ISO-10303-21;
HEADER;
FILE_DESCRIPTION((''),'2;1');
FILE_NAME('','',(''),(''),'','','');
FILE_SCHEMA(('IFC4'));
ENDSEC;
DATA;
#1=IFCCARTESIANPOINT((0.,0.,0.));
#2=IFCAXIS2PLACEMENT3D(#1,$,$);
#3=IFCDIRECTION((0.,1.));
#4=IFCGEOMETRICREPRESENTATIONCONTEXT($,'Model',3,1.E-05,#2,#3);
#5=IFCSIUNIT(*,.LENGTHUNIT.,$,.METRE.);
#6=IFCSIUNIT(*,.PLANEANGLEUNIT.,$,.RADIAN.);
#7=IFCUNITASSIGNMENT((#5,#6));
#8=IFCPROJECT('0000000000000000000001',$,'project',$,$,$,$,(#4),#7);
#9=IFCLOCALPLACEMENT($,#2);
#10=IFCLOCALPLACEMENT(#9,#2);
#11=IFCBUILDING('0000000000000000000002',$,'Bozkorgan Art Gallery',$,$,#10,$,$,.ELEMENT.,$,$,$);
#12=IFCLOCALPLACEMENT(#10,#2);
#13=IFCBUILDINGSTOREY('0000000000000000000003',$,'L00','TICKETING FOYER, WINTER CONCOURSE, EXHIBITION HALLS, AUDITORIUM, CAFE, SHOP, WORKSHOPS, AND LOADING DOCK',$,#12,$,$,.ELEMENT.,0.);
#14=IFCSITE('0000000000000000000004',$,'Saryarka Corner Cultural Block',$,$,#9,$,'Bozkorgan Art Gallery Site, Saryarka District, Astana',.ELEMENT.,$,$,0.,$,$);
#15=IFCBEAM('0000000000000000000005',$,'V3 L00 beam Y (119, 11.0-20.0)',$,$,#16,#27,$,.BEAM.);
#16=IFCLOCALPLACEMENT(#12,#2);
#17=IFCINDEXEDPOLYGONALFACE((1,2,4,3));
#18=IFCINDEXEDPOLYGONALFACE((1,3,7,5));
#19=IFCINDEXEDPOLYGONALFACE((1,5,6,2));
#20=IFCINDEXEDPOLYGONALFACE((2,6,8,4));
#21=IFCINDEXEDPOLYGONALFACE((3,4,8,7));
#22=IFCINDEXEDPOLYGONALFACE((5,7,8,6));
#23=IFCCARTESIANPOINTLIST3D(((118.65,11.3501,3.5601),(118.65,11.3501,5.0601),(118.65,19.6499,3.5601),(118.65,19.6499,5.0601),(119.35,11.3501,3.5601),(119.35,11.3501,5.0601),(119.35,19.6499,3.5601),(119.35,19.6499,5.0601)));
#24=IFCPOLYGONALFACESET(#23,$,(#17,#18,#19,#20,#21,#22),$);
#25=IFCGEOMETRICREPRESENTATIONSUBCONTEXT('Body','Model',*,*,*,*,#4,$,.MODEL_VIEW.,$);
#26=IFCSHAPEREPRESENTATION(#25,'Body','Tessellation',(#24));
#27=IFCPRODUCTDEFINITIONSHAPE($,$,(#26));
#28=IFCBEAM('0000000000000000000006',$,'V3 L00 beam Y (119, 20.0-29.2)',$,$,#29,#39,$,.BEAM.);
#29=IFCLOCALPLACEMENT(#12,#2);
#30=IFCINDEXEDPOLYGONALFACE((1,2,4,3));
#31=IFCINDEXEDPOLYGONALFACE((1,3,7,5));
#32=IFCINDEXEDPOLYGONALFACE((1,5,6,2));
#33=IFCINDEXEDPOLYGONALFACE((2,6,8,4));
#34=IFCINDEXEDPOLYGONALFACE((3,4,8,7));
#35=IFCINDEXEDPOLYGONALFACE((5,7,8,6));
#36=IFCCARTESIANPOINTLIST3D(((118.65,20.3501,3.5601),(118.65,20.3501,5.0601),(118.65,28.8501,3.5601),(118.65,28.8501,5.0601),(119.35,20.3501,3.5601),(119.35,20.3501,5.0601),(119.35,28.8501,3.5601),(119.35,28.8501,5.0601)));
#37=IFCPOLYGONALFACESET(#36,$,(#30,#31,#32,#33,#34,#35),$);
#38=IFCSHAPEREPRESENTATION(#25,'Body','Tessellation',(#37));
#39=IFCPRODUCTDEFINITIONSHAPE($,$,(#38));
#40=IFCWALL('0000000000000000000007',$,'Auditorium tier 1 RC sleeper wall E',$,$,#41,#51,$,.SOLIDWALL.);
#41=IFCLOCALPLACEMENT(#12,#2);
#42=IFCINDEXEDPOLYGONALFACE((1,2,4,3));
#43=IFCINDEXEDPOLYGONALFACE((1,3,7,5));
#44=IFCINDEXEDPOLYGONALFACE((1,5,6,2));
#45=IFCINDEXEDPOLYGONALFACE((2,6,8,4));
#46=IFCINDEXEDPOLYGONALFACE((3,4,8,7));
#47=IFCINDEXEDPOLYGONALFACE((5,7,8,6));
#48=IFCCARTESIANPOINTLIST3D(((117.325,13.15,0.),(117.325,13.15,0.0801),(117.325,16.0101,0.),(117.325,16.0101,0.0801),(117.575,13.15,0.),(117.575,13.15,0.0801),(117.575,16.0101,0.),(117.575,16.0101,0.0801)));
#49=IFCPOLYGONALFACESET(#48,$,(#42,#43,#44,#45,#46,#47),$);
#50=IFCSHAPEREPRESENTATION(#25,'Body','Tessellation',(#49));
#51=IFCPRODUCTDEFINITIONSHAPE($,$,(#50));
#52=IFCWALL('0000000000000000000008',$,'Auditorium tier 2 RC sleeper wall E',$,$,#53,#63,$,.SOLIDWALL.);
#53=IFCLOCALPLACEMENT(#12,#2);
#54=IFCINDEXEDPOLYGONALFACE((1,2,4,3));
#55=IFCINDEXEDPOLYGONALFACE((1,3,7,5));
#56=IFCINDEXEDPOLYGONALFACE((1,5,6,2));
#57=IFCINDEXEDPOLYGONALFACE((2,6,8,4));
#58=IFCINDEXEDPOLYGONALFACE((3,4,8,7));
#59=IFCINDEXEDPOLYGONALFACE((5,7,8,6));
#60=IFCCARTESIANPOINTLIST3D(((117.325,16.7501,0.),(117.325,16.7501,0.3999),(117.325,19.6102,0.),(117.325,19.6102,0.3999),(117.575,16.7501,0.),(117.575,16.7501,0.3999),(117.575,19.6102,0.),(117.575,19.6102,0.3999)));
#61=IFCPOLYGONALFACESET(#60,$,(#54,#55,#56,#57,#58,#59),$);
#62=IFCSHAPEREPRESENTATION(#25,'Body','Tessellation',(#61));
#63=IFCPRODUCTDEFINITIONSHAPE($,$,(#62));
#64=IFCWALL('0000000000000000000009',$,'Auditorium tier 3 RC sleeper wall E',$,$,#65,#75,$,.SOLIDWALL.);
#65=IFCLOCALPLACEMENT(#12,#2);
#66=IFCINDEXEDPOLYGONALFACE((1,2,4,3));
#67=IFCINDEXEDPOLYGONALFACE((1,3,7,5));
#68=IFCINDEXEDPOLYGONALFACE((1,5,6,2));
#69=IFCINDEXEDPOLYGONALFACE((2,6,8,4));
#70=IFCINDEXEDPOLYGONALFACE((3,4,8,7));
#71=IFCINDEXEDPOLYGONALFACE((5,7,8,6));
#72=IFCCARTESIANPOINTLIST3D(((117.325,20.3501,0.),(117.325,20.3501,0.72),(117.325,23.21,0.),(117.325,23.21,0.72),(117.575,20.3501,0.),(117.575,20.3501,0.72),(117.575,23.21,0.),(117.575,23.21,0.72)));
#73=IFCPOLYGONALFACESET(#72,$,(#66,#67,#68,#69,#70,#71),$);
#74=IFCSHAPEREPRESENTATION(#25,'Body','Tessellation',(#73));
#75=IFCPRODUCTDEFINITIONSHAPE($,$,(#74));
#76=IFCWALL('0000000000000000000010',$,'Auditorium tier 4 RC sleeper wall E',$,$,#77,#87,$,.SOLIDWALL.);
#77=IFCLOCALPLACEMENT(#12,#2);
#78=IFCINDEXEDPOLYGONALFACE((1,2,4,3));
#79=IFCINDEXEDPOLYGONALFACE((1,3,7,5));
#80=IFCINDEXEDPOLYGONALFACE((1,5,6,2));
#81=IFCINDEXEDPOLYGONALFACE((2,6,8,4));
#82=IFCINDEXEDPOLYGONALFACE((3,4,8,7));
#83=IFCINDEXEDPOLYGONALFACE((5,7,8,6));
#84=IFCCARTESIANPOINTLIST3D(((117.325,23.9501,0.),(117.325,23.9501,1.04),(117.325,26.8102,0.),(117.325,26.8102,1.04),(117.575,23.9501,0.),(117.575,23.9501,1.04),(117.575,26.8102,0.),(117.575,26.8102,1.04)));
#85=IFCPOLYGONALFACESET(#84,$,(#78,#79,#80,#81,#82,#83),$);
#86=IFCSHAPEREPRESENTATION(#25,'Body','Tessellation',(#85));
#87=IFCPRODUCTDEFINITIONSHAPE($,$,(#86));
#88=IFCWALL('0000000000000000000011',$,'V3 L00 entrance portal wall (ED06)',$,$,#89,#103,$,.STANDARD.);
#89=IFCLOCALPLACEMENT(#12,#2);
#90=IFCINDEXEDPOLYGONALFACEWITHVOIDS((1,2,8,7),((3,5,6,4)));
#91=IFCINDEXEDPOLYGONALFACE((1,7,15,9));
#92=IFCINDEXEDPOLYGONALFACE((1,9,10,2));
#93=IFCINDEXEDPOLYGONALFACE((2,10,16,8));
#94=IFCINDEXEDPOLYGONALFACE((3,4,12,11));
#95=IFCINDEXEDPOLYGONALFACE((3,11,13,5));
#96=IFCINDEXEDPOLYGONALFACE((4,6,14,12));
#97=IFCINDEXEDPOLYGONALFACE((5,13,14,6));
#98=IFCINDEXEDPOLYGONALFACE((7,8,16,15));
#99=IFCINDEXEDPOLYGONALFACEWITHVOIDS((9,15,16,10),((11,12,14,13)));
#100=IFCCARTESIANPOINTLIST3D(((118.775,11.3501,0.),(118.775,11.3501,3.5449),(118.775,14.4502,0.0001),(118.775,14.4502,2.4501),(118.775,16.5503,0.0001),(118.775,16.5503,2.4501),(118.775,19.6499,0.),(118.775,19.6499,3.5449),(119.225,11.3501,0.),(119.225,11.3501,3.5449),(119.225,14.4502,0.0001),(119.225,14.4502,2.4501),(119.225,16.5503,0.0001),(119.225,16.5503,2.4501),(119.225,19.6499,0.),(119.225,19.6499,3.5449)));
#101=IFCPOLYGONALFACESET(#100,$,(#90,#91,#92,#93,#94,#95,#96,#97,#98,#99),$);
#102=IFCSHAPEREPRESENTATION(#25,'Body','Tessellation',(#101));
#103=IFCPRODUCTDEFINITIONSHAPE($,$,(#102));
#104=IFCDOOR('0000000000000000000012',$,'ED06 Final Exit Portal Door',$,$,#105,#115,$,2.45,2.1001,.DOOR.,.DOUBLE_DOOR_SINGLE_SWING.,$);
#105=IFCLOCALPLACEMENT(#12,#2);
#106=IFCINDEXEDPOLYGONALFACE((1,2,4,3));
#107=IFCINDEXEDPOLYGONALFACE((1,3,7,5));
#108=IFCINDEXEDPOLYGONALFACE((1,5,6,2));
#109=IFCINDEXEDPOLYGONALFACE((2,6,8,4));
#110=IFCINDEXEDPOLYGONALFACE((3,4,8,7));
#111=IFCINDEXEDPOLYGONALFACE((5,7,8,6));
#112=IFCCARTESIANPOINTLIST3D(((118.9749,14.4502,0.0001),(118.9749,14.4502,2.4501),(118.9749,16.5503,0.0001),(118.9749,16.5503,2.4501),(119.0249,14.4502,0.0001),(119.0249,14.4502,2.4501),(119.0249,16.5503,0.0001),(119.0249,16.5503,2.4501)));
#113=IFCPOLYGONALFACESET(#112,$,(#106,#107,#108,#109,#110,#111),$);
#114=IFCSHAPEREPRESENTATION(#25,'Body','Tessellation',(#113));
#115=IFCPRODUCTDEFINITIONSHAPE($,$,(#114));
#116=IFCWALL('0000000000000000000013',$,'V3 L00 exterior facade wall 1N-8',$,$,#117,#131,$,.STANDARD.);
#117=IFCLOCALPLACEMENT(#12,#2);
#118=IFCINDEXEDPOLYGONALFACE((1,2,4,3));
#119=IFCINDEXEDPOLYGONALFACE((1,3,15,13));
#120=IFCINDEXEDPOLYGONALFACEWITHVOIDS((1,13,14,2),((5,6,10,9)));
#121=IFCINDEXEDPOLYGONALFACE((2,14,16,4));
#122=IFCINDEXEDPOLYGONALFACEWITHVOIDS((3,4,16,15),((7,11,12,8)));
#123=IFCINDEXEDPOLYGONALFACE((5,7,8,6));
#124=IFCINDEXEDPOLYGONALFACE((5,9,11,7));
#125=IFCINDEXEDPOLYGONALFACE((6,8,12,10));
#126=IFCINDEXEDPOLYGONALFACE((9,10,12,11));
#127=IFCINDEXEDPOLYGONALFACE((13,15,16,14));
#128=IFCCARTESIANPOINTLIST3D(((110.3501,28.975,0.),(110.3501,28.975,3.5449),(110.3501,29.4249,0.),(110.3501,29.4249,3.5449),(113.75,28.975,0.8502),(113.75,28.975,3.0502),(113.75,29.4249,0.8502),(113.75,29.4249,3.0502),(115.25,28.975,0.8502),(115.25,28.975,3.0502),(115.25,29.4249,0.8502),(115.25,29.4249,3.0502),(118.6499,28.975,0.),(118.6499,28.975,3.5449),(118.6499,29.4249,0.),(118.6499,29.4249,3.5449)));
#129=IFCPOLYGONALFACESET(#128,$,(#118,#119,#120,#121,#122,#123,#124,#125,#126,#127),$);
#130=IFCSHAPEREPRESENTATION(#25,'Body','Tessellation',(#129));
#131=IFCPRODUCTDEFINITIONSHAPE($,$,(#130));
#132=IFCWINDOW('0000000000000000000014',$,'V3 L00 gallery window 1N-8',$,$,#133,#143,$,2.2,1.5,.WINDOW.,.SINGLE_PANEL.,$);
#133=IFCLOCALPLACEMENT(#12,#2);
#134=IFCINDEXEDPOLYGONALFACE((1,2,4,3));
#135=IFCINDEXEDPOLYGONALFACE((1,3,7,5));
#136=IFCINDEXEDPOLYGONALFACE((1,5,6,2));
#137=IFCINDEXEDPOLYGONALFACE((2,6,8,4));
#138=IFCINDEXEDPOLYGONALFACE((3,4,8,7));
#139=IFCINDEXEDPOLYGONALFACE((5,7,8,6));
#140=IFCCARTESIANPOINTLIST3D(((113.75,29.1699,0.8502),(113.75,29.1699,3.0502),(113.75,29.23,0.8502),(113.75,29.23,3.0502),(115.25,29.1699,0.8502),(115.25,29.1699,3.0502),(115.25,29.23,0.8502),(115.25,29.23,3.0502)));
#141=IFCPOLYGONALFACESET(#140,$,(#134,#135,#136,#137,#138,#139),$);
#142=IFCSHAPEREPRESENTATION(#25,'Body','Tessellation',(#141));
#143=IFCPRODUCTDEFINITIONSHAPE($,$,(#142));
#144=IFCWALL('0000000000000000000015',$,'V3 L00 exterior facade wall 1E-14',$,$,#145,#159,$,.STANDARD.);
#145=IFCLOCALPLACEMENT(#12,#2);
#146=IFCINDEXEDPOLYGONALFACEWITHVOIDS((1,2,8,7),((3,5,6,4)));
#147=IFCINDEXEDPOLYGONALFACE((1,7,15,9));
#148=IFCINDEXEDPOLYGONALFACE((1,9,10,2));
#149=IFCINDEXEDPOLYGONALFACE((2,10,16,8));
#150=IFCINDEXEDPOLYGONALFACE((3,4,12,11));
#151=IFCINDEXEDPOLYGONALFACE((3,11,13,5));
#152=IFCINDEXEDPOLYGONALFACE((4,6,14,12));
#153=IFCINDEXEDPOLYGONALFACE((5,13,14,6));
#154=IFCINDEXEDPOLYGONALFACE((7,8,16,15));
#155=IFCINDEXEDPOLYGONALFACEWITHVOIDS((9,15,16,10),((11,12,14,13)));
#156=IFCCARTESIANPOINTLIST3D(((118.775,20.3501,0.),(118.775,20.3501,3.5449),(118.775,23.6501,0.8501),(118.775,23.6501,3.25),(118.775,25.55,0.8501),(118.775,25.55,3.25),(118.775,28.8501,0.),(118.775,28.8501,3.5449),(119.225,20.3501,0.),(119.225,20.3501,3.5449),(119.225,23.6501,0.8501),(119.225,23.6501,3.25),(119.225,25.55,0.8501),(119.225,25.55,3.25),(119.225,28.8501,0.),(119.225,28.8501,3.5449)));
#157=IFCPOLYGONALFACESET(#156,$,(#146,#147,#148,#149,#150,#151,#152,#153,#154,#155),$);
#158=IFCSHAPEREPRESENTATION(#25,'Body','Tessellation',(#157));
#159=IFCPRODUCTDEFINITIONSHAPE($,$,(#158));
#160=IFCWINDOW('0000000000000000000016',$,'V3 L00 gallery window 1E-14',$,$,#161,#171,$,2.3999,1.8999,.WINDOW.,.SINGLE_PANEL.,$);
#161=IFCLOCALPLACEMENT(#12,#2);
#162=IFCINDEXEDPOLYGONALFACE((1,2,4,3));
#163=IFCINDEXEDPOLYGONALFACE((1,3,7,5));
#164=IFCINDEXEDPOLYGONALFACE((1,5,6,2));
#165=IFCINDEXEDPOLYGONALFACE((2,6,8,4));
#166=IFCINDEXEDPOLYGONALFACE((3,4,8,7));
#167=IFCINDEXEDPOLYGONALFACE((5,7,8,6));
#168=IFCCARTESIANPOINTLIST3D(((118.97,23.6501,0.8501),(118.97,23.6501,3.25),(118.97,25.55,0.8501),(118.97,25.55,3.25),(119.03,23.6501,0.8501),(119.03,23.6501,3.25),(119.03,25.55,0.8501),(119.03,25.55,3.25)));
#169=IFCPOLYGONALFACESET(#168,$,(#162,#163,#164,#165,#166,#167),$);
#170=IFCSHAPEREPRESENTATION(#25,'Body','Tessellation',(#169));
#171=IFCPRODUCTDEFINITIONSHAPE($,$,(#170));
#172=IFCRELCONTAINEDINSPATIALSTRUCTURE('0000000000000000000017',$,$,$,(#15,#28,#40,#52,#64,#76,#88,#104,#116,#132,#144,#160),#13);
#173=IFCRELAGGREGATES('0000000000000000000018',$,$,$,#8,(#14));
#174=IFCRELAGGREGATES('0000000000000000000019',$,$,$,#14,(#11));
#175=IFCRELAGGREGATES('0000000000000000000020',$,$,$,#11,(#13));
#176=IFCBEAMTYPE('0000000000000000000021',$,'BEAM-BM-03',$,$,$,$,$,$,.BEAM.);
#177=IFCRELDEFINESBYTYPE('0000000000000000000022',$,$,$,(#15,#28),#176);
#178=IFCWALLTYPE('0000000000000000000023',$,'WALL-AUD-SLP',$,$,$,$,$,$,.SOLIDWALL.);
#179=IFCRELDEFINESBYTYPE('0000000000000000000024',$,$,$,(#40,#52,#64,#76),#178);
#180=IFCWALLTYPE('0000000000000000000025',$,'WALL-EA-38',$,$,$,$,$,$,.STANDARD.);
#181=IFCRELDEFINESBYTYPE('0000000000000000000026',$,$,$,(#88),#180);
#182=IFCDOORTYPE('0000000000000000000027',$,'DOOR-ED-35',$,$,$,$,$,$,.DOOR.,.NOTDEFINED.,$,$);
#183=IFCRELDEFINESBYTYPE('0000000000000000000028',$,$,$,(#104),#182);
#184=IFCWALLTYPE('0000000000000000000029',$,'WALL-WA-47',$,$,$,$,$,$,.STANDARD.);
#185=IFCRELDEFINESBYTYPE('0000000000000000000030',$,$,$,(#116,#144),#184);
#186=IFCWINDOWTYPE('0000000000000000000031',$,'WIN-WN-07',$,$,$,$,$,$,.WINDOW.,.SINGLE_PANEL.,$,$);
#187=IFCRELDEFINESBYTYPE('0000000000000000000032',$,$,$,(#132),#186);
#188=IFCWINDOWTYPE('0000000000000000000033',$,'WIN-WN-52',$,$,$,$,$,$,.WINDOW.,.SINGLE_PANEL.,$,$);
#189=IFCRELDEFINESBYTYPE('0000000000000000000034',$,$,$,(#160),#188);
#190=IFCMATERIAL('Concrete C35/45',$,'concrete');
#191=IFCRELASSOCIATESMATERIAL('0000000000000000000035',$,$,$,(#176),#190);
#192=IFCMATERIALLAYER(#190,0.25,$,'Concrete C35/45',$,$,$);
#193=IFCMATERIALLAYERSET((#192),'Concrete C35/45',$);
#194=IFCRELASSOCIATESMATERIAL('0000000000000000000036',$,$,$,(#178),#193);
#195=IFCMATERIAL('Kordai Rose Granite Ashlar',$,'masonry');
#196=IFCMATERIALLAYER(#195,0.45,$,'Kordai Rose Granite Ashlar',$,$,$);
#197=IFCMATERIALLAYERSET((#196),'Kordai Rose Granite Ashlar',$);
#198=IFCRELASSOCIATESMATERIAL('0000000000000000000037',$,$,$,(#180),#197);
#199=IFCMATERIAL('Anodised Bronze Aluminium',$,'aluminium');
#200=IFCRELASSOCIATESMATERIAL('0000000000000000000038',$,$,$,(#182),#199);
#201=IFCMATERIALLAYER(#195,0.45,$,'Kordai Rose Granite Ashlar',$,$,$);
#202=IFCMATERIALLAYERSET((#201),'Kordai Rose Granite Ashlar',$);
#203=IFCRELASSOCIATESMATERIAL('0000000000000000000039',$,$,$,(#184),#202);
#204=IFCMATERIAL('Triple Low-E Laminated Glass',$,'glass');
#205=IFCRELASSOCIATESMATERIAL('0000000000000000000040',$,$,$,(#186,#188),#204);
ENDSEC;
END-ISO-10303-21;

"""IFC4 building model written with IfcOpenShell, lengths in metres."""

from ifc_helpers import new_model, si_unit, direction, frame, frame_2d, origin, origin_2d, place, context, subcontext, project, spatial, rectangle, extrude, material, layer, layer_set, material_profile, profile_set, type_object, element, fill, save


model = new_model("IFC4")

# Units and contexts
model_context = context("Model", 3, precision=1e-05, world=origin(), true_north=direction((0.0, 1.0)))
body_context = subcontext(model_context, "Body", "Model", "MODEL_VIEW")
ifc_project = project(units=[si_unit("LENGTHUNIT", "METRE"), si_unit("PLANEANGLEUNIT", "RADIAN")], contexts=[model_context])

# Site, building, storey
site_placement = place(None, origin())
site = spatial("IfcSite", under=ifc_project, at=site_placement, Name="Saryarka Corner Cultural Block", LongName="Bozkorgan Art Gallery Site, Saryarka District, Astana", CompositionType="ELEMENT", RefElevation=0.0)
building_placement = place(site_placement, origin())
building = spatial("IfcBuilding", under=site, at=building_placement, Name="Bozkorgan Art Gallery", CompositionType="ELEMENT")
storey_placement = place(building_placement, origin())
storey = spatial("IfcBuildingStorey", under=building, at=storey_placement, Name="L00", Description="TICKETING FOYER, WINTER CONCOURSE, EXHIBITION HALLS, AUDITORIUM, CAFE, SHOP, WORKSHOPS, AND LOADING DOCK", CompositionType="ELEMENT", Elevation=0.0)

# Beams
ifc_material_1 = material(Name="Concrete C35/45", Category="concrete")
ifc_material_profile_1 = material_profile(ifc_material_1, rectangle(XDim=0.7, YDim=1.5, at=origin_2d()), Name="RC 700x1500")
ifc_profile_set_1 = profile_set([ifc_material_profile_1], Name="Concrete C35/45")
beam_type = type_object("IfcBeamType", Name="BEAM-BM-03", PredefinedType="BEAM", material=ifc_profile_set_1)
for number, where, z_axis, x_axis, name in (
    (1, (119.0, 11.3501, 4.3101), (0.0, 1.0, 0.0), (-1.0, 0.0, 0.0), "V3 L00 beam Y (119, 11.0-20.0)"),
):
    element("IfcBeam", number, at=place(storey_placement, frame(where, z_axis=z_axis, x_axis=x_axis)), inside=storey, type_object=beam_type, Name=name, PredefinedType="BEAM", context=body_context, shape_type="SweptSolid", body=[
        extrude(rectangle(XDim=0.7, YDim=1.5, at=origin_2d()), origin(), (0.0, 0.0, 1.0), 8.2998),
    ])
beam_placement = place(storey_placement, frame((119.0, 20.3501, 4.3101), z_axis=(0.0, 1.0, 0.0), x_axis=(-1.0, 0.0, 0.0)))
element("IfcBeam", 2, at=beam_placement, inside=storey, type_object=beam_type, Name="V3 L00 beam Y (119, 20.0-29.2)", PredefinedType="BEAM", context=body_context, shape_type="SweptSolid", body=[
    extrude(rectangle(XDim=0.7, YDim=1.5, at=origin_2d()), origin(), (0.0, 0.0, 1.0), 8.5),
])

# Walls
ifc_layer_1 = layer(ifc_material_1, 0.25, Name="Concrete C35/45")
ifc_layer_set_1 = layer_set([ifc_layer_1], Name="Concrete C35/45")
wall_type_1 = type_object("IfcWallType", Name="WALL-AUD-SLP", PredefinedType="SOLIDWALL", material=ifc_layer_set_1)
wall_1_placement = place(storey_placement, frame((117.45, 13.1499, 0.0), z_axis=(0.0, 0.0, 1.0), x_axis=(0.0, 1.0, 0.0)))
element("IfcWall", 3, at=wall_1_placement, inside=storey, type_object=wall_type_1, Name="Auditorium tier 1 RC sleeper wall E", PredefinedType="SOLIDWALL", context=body_context, shape_type="SweptSolid", body=[
    extrude(rectangle(XDim=2.8601, YDim=0.25, at=frame_2d((1.4302, 0.0))), origin(), (0.0, 0.0, 1.0), 0.0801),
])
wall_2_placement = place(storey_placement, frame((117.45, 16.75, 0.0), z_axis=(0.0, 0.0, 1.0), x_axis=(0.0, 1.0, 0.0)))
element("IfcWall", 4, at=wall_2_placement, inside=storey, type_object=wall_type_1, Name="Auditorium tier 2 RC sleeper wall E", PredefinedType="SOLIDWALL", context=body_context, shape_type="SweptSolid", body=[
    extrude(rectangle(XDim=2.8601, YDim=0.25, at=frame_2d((1.4302, 0.0))), origin(), (0.0, 0.0, 1.0), 0.3999),
])
wall_3_placement = place(storey_placement, frame((117.45, 20.3501, 0.0), z_axis=(0.0, 0.0, 1.0), x_axis=(0.0, 1.0, 0.0)))
element("IfcWall", 5, at=wall_3_placement, inside=storey, type_object=wall_type_1, Name="Auditorium tier 3 RC sleeper wall E", PredefinedType="SOLIDWALL", context=body_context, shape_type="SweptSolid", body=[
    extrude(rectangle(XDim=2.8599, YDim=0.25, at=frame_2d((1.4299, 0.0))), origin(), (0.0, 0.0, 1.0), 0.72),
])
wall_4_placement = place(storey_placement, frame((117.45, 23.95, 0.0), z_axis=(0.0, 0.0, 1.0), x_axis=(0.0, 1.0, 0.0)))
element("IfcWall", 6, at=wall_4_placement, inside=storey, type_object=wall_type_1, Name="Auditorium tier 4 RC sleeper wall E", PredefinedType="SOLIDWALL", context=body_context, shape_type="SweptSolid", body=[
    extrude(rectangle(XDim=2.8601, YDim=0.25, at=frame_2d((1.4302, 0.0))), origin(), (0.0, 0.0, 1.0), 1.04),
])

# Wall, opening, door
ifc_material_2 = material(Name="Kordai Rose Granite Ashlar", Category="masonry")
ifc_layer_2 = layer(ifc_material_2, 0.45, Name="Kordai Rose Granite Ashlar")
ifc_layer_set_2 = layer_set([ifc_layer_2], Name="Kordai Rose Granite Ashlar")
wall_type_2 = type_object("IfcWallType", Name="WALL-EA-38", PredefinedType="STANDARD", material=ifc_layer_set_2)
wall_5_placement = place(storey_placement, frame((119.0, 11.3501, 0.0), z_axis=(0.0, 0.0, 1.0), x_axis=(0.0, 1.0, 0.0)))
wall_5 = element("IfcWall", 7, at=wall_5_placement, inside=storey, type_object=wall_type_2, Name="V3 L00 entrance portal wall (ED06)", PredefinedType="STANDARD", context=body_context, shape_type="SweptSolid", body=[
    extrude(rectangle(XDim=8.2998, YDim=0.45, at=frame_2d((4.1499, 0.0))), origin(), (0.0, 0.0, 1.0), 3.5449),
])
opening_1_placement = place(wall_5_placement, frame((5.2002, 0.0, 0.0), z_axis=(0.0, 0.0, 1.0), x_axis=(-1.0, 0.0, 0.0)))
opening_1 = element("IfcOpeningElement", 8, at=opening_1_placement, cuts=wall_5, PredefinedType="OPENING", context=body_context, shape_type="SweptSolid", body=[
    extrude(rectangle(XDim=2.1001, YDim=2.45, at=frame_2d((1.05, 1.2251))), frame((0.0, 0.2349, 0.0), z_axis=(0.0, -1.0, 0.0), x_axis=(1.0, 0.0, 0.0)), (0.0, 0.0, 1.0), 0.47),
])
ifc_material_3 = material(Name="Anodised Bronze Aluminium", Category="aluminium")
door_type = type_object("IfcDoorType", Name="DOOR-ED-35", OperationType="NOTDEFINED", PredefinedType="DOOR", material=ifc_material_3)
door_placement = place(opening_1_placement, origin())
door = element("IfcDoor", 9, at=door_placement, inside=storey, type_object=door_type, Name="ED06 Final Exit Portal Door", OperationType="DOUBLE_DOOR_SINGLE_SWING", OverallHeight=2.45, OverallWidth=2.1001, PredefinedType="DOOR", context=body_context, shape_type="SweptSolid", body=[
    extrude(rectangle(XDim=2.1001, YDim=2.45, at=frame_2d((1.05, 1.2251))), frame((0.0, 0.0249, 0.0), z_axis=(0.0, -1.0, 0.0), x_axis=(1.0, 0.0, 0.0)), (0.0, 0.0, 1.0), 0.05),
])
fill(opening_1, door)

# Walls, openings, windows
ifc_layer_3 = layer(ifc_material_2, 0.45, Name="Kordai Rose Granite Ashlar")
ifc_layer_set_3 = layer_set([ifc_layer_3], Name="Kordai Rose Granite Ashlar")
wall_type_3 = type_object("IfcWallType", Name="WALL-WA-47", PredefinedType="STANDARD", material=ifc_layer_set_3)
wall_6_placement = place(storey_placement, frame((110.3501, 29.2, 0.0), z_axis=(0.0, 0.0, 1.0), x_axis=(1.0, 0.0, 0.0)))
wall_6 = element("IfcWall", 10, at=wall_6_placement, inside=storey, type_object=wall_type_3, Name="V3 L00 exterior facade wall 1N-8", PredefinedType="STANDARD", context=body_context, shape_type="SweptSolid", body=[
    extrude(rectangle(XDim=8.2998, YDim=0.45, at=frame_2d((4.1499, 0.0))), origin(), (0.0, 0.0, 1.0), 3.5449),
])
opening_2_placement = place(wall_6_placement, frame((3.3999, 0.0, 0.8501)))
opening_2 = element("IfcOpeningElement", 11, at=opening_2_placement, cuts=wall_6, PredefinedType="OPENING", context=body_context, shape_type="SweptSolid", body=[
    extrude(rectangle(XDim=1.5, YDim=2.2, at=frame_2d((0.75, 1.1001))), frame((0.0, 0.2349, 0.0), z_axis=(0.0, -1.0, 0.0), x_axis=(1.0, 0.0, 0.0)), (0.0, 0.0, 1.0), 0.47),
])
ifc_material_4 = material(Name="Triple Low-E Laminated Glass", Category="glass")
window_type_1 = type_object("IfcWindowType", Name="WIN-WN-07", PartitioningType="SINGLE_PANEL", PredefinedType="WINDOW", material=ifc_material_4)
window_1_placement = place(opening_2_placement, origin())
window_1 = element("IfcWindow", 12, at=window_1_placement, inside=storey, type_object=window_type_1, Name="V3 L00 gallery window 1N-8", OverallHeight=2.2, OverallWidth=1.5, PartitioningType="SINGLE_PANEL", PredefinedType="WINDOW", context=body_context, shape_type="SweptSolid", body=[
    extrude(rectangle(XDim=1.5, YDim=2.2, at=frame_2d((0.75, 1.1001))), frame((0.0, 0.03, 0.0), z_axis=(0.0, -1.0, 0.0), x_axis=(1.0, 0.0, 0.0)), (0.0, 0.0, 1.0), 0.0601),
])
fill(opening_2, window_1)
wall_7_placement = place(storey_placement, frame((119.0, 20.3501, 0.0), z_axis=(0.0, 0.0, 1.0), x_axis=(0.0, 1.0, 0.0)))
wall_7 = element("IfcWall", 13, at=wall_7_placement, inside=storey, type_object=wall_type_3, Name="V3 L00 exterior facade wall 1E-14", PredefinedType="STANDARD", context=body_context, shape_type="SweptSolid", body=[
    extrude(rectangle(XDim=8.5, YDim=0.45, at=frame_2d((4.25, 0.0))), origin(), (0.0, 0.0, 1.0), 3.5449),
])
opening_3_placement = place(wall_7_placement, frame((5.2, 0.0, 0.8501), z_axis=(0.0, 0.0, 1.0), x_axis=(-1.0, 0.0, 0.0)))
opening_3 = element("IfcOpeningElement", 14, at=opening_3_placement, cuts=wall_7, PredefinedType="OPENING", context=body_context, shape_type="SweptSolid", body=[
    extrude(rectangle(XDim=1.8999, YDim=2.3999, at=frame_2d((0.95, 1.2))), frame((0.0, 0.2349, 0.0), z_axis=(0.0, -1.0, 0.0), x_axis=(1.0, 0.0, 0.0)), (0.0, 0.0, 1.0), 0.47),
])
window_type_2 = type_object("IfcWindowType", Name="WIN-WN-52", PartitioningType="SINGLE_PANEL", PredefinedType="WINDOW", material=ifc_material_4)
window_2_placement = place(opening_3_placement, origin())
window_2 = element("IfcWindow", 15, at=window_2_placement, inside=storey, type_object=window_type_2, Name="V3 L00 gallery window 1E-14", OverallHeight=2.3999, OverallWidth=1.8999, PartitioningType="SINGLE_PANEL", PredefinedType="WINDOW", context=body_context, shape_type="SweptSolid", body=[
    extrude(rectangle(XDim=1.8999, YDim=2.3999, at=frame_2d((0.95, 1.2))), frame((0.0, 0.03, 0.0), z_axis=(0.0, -1.0, 0.0), x_axis=(1.0, 0.0, 0.0)), (0.0, 0.0, 1.0), 0.0601),
])
fill(opening_3, window_2)

save(model, "model.ifc")
